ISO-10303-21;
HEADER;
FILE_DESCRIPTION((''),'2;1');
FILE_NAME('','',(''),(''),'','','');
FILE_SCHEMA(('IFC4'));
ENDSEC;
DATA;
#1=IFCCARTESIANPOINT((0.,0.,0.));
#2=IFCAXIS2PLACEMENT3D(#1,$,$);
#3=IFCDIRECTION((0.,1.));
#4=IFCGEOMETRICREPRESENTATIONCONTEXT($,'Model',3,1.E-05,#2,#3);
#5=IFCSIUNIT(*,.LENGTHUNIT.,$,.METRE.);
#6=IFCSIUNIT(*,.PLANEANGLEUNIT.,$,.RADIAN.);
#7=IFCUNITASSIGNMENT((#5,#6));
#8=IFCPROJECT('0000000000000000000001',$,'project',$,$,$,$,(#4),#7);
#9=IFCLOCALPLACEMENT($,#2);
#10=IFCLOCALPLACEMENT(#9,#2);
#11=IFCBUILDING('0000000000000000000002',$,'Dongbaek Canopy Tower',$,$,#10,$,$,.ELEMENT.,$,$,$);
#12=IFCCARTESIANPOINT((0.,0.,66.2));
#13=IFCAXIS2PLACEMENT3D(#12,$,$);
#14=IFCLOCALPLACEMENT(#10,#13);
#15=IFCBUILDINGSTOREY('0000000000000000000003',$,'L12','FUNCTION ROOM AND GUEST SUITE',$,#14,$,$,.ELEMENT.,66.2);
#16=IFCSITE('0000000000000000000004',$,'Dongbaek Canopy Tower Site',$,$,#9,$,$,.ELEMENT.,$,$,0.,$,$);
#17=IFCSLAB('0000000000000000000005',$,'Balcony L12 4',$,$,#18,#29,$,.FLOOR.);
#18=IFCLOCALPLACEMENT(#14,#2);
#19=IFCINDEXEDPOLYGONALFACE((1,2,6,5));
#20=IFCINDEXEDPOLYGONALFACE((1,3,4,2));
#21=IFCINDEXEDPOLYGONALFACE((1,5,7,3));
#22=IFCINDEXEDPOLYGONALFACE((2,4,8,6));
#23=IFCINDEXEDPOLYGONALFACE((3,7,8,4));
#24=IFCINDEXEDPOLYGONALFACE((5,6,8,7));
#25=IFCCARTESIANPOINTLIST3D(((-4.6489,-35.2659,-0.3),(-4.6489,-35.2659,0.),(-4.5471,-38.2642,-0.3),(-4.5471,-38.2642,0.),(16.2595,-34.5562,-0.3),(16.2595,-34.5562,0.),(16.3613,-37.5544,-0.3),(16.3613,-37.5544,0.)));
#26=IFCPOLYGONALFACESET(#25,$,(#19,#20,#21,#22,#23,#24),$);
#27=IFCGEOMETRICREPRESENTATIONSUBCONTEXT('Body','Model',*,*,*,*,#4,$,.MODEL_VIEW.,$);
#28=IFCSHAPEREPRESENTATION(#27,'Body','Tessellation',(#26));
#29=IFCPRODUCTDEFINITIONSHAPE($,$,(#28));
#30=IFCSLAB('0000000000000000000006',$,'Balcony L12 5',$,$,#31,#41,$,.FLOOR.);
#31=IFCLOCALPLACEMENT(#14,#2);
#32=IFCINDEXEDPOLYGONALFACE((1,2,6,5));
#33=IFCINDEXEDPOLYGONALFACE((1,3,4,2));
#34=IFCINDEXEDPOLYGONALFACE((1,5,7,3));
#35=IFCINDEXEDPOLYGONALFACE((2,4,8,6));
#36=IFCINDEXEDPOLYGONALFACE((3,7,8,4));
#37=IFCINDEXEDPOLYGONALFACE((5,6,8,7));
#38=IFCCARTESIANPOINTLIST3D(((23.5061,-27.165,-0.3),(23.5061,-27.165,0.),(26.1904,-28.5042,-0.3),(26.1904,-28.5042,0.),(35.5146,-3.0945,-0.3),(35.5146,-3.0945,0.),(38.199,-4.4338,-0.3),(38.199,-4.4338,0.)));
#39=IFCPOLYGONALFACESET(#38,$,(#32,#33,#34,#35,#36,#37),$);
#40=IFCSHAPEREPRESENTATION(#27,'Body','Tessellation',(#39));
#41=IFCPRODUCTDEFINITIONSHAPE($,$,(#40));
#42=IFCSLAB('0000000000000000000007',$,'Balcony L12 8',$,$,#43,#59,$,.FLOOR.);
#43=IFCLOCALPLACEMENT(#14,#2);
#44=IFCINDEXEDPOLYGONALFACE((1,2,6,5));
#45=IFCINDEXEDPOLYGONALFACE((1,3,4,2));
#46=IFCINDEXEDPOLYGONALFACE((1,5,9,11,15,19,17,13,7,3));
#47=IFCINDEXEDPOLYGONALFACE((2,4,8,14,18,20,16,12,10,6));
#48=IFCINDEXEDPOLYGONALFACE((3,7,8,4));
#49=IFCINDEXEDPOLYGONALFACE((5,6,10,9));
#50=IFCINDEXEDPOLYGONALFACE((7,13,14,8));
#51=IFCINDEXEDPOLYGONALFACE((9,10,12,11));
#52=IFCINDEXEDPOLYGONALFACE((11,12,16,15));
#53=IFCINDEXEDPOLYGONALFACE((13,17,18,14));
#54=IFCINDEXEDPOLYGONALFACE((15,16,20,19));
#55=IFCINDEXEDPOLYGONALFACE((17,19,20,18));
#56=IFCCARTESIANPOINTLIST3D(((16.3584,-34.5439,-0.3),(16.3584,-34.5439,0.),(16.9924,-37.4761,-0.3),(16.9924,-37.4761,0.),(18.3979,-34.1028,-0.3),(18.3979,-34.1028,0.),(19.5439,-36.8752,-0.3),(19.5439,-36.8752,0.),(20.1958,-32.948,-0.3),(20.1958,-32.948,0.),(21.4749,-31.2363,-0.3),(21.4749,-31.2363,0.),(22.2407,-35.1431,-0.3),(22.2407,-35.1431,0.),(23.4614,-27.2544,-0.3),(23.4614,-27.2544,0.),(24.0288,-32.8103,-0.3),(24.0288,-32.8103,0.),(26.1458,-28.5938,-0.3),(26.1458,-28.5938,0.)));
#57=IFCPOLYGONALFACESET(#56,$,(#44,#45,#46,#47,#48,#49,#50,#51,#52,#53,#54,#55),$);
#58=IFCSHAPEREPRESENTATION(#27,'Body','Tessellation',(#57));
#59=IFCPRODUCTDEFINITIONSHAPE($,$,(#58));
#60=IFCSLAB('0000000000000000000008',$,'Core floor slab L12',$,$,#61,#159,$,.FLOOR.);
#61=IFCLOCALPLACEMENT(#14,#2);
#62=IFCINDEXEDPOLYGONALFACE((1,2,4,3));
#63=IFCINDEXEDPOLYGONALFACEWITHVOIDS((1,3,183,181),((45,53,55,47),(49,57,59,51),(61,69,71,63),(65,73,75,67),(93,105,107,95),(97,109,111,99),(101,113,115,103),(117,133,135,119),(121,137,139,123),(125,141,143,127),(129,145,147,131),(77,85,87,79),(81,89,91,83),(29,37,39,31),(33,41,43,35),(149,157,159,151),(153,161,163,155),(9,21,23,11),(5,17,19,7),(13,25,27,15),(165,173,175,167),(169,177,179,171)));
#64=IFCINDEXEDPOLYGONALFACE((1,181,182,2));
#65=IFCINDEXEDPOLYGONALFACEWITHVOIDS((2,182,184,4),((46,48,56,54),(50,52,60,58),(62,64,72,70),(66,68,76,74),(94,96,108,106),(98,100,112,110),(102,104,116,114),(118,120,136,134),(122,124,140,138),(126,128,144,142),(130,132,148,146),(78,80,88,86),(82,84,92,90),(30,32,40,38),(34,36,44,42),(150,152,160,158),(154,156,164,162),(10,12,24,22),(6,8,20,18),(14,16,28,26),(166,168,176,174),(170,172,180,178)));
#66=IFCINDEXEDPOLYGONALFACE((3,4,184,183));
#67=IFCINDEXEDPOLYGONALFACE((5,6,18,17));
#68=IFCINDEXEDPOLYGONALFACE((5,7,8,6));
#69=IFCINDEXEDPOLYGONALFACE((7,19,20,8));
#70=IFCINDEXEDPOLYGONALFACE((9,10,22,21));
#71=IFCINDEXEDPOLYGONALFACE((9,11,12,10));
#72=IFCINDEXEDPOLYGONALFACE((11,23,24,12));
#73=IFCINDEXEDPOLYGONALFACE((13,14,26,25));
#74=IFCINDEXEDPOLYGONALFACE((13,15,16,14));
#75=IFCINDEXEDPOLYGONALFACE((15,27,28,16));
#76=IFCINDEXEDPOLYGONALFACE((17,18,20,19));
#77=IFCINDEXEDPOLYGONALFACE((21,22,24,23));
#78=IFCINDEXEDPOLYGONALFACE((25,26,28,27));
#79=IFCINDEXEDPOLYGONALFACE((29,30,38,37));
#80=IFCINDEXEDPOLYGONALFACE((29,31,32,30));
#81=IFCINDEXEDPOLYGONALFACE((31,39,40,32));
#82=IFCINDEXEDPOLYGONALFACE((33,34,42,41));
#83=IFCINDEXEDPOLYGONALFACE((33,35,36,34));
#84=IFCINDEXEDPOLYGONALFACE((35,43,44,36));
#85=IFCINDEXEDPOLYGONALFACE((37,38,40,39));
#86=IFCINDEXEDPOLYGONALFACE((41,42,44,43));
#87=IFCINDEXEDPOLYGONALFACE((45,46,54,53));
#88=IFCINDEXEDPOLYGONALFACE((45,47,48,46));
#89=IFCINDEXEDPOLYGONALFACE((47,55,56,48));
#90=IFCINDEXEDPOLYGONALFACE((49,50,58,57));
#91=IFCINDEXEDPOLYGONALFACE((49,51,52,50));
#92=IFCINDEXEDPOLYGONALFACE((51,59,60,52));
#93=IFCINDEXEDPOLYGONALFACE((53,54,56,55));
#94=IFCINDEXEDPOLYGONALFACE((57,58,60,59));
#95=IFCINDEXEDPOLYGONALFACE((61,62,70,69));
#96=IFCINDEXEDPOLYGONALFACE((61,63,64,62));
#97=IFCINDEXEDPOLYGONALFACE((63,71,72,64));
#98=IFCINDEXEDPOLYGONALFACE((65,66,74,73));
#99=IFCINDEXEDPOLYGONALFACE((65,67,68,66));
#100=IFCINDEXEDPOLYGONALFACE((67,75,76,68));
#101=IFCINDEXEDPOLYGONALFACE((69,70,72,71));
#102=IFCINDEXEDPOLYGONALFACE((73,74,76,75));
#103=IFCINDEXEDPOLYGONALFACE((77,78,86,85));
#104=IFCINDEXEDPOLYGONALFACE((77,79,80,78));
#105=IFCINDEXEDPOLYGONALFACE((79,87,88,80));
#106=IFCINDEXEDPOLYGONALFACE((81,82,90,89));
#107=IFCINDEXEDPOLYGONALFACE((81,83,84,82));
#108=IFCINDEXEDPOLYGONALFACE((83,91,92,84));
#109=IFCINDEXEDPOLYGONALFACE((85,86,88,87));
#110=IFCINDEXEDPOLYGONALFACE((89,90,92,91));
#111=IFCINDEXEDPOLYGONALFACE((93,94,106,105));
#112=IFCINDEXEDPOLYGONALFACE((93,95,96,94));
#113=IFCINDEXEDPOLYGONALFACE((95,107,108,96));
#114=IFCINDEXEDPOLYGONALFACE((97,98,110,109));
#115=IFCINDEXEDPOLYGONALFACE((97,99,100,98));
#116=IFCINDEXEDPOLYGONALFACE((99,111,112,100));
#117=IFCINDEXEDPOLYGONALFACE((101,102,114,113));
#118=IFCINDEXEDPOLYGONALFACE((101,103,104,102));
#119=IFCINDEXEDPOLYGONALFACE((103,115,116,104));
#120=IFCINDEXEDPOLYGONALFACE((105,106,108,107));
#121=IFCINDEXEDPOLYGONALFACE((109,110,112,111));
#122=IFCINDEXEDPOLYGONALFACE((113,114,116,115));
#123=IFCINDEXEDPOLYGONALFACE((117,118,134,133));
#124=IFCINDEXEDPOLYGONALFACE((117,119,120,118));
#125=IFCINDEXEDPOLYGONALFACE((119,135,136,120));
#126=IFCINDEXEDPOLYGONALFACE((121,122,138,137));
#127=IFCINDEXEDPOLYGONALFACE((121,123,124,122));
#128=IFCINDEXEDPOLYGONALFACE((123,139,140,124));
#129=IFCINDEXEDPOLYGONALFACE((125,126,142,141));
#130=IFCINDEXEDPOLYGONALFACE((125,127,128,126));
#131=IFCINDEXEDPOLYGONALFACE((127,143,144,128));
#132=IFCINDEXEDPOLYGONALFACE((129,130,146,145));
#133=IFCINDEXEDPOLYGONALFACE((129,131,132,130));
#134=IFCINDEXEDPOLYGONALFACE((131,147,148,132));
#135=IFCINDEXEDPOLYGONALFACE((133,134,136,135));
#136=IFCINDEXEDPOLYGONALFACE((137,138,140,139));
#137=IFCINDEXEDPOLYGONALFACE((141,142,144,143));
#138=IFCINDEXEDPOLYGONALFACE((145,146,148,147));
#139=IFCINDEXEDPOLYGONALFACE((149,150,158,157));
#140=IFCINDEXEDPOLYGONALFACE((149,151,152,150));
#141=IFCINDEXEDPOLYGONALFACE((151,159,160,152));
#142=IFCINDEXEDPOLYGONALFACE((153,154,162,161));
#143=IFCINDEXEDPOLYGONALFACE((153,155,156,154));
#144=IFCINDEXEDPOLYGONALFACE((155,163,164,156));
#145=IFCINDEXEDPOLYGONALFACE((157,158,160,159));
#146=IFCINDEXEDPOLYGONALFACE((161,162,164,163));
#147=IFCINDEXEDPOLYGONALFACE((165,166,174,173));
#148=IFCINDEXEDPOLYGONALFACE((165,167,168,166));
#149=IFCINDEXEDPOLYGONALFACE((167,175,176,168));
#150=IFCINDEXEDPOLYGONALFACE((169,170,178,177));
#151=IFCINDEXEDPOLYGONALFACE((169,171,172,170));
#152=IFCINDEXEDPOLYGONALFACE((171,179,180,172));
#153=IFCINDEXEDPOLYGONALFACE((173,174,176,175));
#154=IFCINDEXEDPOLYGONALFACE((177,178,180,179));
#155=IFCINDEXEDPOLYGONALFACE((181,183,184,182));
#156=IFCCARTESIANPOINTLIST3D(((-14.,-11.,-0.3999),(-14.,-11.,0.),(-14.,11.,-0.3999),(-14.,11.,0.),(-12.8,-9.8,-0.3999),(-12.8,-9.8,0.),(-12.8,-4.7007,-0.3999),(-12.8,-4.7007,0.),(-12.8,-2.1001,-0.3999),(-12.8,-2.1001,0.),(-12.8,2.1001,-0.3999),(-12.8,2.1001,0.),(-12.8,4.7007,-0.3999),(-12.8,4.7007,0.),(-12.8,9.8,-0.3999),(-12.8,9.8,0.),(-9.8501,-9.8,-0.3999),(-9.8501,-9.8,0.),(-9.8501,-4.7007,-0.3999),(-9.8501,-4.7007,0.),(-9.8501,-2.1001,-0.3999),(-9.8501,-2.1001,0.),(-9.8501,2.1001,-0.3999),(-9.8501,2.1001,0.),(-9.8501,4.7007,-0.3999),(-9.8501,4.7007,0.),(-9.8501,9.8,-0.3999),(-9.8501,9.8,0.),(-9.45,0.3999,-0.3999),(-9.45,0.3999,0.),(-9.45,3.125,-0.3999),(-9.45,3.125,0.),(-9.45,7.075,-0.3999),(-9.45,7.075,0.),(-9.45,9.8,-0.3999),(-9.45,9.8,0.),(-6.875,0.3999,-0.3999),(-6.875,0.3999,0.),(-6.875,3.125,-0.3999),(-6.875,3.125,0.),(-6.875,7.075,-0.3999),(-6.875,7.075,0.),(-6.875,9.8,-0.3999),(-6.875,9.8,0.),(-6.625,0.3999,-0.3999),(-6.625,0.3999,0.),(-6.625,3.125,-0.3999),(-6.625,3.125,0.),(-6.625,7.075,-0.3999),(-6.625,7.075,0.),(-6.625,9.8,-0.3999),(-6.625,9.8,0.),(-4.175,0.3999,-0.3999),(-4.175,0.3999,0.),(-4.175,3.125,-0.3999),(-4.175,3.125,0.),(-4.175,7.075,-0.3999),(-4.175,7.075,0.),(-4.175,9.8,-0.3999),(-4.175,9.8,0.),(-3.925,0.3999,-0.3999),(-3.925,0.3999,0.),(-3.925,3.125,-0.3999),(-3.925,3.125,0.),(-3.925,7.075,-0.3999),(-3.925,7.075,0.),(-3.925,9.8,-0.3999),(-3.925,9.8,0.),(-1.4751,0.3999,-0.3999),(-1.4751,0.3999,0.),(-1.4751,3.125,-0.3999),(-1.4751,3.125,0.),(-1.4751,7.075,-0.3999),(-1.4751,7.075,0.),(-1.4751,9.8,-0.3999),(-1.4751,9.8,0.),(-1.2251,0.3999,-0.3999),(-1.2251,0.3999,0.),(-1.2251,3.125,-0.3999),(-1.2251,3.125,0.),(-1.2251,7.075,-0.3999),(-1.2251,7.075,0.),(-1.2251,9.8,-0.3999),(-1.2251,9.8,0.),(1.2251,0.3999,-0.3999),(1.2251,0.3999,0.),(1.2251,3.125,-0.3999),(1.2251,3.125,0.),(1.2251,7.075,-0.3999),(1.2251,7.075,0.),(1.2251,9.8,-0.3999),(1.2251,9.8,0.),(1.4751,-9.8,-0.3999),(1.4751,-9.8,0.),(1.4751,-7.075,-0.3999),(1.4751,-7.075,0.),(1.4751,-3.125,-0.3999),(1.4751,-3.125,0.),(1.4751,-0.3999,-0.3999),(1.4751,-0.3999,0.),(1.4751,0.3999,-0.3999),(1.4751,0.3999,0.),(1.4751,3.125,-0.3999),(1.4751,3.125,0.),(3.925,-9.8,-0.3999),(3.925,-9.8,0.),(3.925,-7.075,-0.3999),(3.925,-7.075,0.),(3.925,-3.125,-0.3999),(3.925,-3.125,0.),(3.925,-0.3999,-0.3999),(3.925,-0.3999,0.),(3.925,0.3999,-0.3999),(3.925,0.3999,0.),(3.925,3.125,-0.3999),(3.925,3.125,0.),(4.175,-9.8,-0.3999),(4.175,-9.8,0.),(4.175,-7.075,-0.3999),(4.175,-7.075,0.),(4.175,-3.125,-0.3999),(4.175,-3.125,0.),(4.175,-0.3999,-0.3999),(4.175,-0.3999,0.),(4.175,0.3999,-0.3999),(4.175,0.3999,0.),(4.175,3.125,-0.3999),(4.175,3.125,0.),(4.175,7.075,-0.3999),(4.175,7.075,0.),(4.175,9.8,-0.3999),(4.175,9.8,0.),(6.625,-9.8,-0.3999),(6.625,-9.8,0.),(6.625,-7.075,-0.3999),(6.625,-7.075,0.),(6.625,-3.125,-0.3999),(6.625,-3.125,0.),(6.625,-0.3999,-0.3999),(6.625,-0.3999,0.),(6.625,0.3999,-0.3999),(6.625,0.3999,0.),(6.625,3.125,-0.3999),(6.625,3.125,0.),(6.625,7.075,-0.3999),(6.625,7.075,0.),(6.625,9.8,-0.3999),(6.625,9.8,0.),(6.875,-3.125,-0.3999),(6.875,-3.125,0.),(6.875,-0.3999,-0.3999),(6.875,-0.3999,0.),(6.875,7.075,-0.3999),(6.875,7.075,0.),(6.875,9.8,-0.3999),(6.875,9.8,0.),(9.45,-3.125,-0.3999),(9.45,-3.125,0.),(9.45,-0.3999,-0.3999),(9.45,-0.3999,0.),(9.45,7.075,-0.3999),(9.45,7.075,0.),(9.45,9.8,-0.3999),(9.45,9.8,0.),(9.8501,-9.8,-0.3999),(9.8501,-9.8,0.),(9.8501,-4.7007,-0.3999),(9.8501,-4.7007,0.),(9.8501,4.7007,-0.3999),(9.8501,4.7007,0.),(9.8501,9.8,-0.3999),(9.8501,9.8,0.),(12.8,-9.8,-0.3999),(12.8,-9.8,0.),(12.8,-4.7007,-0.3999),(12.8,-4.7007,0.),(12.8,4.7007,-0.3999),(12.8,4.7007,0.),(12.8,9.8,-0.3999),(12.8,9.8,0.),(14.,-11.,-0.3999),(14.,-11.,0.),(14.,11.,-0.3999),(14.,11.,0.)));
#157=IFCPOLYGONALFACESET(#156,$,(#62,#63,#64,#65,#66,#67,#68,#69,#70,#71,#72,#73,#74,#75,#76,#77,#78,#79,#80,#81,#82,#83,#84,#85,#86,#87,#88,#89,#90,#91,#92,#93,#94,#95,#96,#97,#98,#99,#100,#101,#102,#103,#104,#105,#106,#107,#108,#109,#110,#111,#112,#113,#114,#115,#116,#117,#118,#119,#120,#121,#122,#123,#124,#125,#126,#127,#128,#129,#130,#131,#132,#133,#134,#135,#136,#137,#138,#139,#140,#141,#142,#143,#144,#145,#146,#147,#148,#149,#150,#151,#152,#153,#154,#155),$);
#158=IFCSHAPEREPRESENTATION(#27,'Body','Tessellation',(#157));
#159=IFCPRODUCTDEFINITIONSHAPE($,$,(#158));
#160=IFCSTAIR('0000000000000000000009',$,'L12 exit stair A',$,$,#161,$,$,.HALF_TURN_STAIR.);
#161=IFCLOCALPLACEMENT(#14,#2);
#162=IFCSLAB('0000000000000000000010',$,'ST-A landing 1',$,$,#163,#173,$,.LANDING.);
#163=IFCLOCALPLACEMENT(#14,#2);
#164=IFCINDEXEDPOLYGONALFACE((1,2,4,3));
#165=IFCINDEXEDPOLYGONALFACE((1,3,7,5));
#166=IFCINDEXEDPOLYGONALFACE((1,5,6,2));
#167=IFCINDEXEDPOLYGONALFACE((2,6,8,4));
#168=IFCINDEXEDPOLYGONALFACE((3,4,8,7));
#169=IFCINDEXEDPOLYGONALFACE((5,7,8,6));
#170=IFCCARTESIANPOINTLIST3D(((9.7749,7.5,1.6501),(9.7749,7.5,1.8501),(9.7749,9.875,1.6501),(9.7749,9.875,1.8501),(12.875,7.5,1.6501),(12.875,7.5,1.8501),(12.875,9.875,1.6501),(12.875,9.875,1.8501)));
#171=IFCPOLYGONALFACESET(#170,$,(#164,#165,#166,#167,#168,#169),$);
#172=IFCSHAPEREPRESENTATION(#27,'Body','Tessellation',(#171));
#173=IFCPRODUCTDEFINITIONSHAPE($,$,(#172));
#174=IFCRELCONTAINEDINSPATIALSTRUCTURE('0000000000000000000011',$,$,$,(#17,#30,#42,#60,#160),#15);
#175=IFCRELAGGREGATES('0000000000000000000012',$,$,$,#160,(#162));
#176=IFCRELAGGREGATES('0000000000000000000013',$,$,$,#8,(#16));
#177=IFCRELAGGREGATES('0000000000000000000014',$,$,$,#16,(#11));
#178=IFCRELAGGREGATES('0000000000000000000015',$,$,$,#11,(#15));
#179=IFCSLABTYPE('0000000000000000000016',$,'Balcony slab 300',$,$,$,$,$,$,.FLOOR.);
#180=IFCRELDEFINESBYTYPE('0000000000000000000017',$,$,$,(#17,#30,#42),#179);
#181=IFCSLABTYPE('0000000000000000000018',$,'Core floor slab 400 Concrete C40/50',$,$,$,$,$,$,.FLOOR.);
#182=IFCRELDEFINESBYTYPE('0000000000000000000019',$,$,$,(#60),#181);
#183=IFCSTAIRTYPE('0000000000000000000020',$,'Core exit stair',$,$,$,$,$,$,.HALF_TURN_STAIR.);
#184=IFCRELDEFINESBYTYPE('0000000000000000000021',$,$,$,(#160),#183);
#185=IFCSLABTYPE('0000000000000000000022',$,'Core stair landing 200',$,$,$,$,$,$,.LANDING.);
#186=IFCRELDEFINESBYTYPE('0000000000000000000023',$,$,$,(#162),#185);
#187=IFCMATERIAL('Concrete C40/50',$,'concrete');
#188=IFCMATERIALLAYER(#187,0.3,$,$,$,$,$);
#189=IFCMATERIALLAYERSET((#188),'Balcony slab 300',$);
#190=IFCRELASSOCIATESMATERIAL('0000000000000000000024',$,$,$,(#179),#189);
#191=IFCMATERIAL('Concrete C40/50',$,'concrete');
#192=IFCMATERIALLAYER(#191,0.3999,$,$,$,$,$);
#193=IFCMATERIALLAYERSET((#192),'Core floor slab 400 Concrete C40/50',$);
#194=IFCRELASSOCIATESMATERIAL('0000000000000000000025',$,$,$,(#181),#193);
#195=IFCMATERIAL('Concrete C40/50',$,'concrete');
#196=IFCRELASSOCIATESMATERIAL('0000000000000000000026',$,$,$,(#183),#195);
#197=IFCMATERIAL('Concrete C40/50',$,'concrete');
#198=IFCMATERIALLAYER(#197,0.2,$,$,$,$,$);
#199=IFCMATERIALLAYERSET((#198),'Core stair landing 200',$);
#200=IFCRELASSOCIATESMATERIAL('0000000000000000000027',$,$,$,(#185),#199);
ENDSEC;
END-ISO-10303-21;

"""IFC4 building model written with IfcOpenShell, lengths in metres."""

from ifc_helpers import new_model, si_unit, direction, frame, origin, place, context, subcontext, project, spatial, polyline, outline, extrude, material, layer, layer_set, type_object, element, aggregate, save


model = new_model("IFC4")

# Units and contexts
model_context = context("Model", 3, precision=1e-05, world=origin(), true_north=direction((0.0, 1.0)))
body_context = subcontext(model_context, "Body", "Model", "MODEL_VIEW")
ifc_project = project(units=[si_unit("LENGTHUNIT", "METRE"), si_unit("PLANEANGLEUNIT", "RADIAN")], contexts=[model_context])

# Site, building, storey
site_placement = place(None, origin())
site = spatial("IfcSite", under=ifc_project, at=site_placement, Name="Dongbaek Canopy Tower Site", CompositionType="ELEMENT", RefElevation=0.0)
building_placement = place(site_placement, origin())
building = spatial("IfcBuilding", under=site, at=building_placement, Name="Dongbaek Canopy Tower", CompositionType="ELEMENT")
storey_placement = place(building_placement, frame((0.0, 0.0, 66.2)))
storey = spatial("IfcBuildingStorey", under=building, at=storey_placement, Name="L12", Description="FUNCTION ROOM AND GUEST SUITE", CompositionType="ELEMENT", Elevation=66.2)

# Slabs
ifc_material_1 = material(Name="Concrete C40/50", Category="concrete")
ifc_layer_1 = layer(ifc_material_1, 0.3)
ifc_layer_set_1 = layer_set([ifc_layer_1], Name="Balcony slab 300")
slab_type_1 = type_object("IfcSlabType", Name="Balcony slab 300", PredefinedType="FLOOR", material=ifc_layer_set_1)
slab_1_placement = place(storey_placement, frame((0.0, 0.0, -0.3)))
element("IfcSlab", 1, at=slab_1_placement, inside=storey, type_object=slab_type_1, Name="Balcony L12 4", PredefinedType="FLOOR", context=body_context, shape_type="SweptSolid", body=[
    extrude(outline(polyline([(-4.6489, -35.2659), (16.2595, -34.5562), (16.3613, -37.5544), (-4.5471, -38.2642), (-4.6489, -35.2659)])), origin(), (0.0, 0.0, 1.0), 0.3),
])
slab_2_placement = place(storey_placement, frame((0.0, 0.0, -0.3)))
element("IfcSlab", 2, at=slab_2_placement, inside=storey, type_object=slab_type_1, Name="Balcony L12 5", PredefinedType="FLOOR", context=body_context, shape_type="SweptSolid", body=[
    extrude(outline(polyline([(23.5061, -27.165), (35.5146, -3.0945), (38.199, -4.4338), (26.1904, -28.5042), (23.5061, -27.165)])), origin(), (0.0, 0.0, 1.0), 0.3),
])
slab_3_placement = place(storey_placement, frame((0.0, 0.0, -0.3)))
element("IfcSlab", 3, at=slab_3_placement, inside=storey, type_object=slab_type_1, Name="Balcony L12 8", PredefinedType="FLOOR", context=body_context, shape_type="SweptSolid", body=[
    extrude(outline(polyline([(16.3584, -34.5439), (18.3979, -34.1028), (20.1958, -32.948), (21.4749, -31.2363), (23.4614, -27.2544), (26.1458, -28.5938), (24.0288, -32.8103), (22.2407, -35.1431), (19.5439, -36.8752), (16.9924, -37.4761), (16.3584, -34.5439)])), origin(), (0.0, 0.0, 1.0), 0.3),
])
ifc_material_2 = material(Name="Concrete C40/50", Category="concrete")
ifc_layer_2 = layer(ifc_material_2, 0.3999)
ifc_layer_set_2 = layer_set([ifc_layer_2], Name="Core floor slab 400 Concrete C40/50")
slab_type_2 = type_object("IfcSlabType", Name="Core floor slab 400 Concrete C40/50", PredefinedType="FLOOR", material=ifc_layer_set_2)
slab_4_placement = place(storey_placement, frame((0.0, 0.0, -0.3999)))
element("IfcSlab", 4, at=slab_4_placement, inside=storey, type_object=slab_type_2, Name="Core floor slab L12", PredefinedType="FLOOR", context=body_context, shape_type="SweptSolid", body=[
    extrude(outline(polyline([(14.0, -11.0), (14.0, 11.0), (-14.0, 11.0), (-14.0, -11.0), (14.0, -11.0)]), holes=[polyline([(-12.8, 2.1001), (-9.8501, 2.1001), (-9.8501, -2.1001), (-12.8, -2.1001), (-12.8, 2.1001)]), polyline([(-6.875, 9.8), (-6.875, 7.075), (-9.45, 7.075), (-9.45, 9.8), (-6.875, 9.8)]), polyline([(-4.175, 9.8), (-4.175, 7.075), (-6.625, 7.075), (-6.625, 9.8), (-4.175, 9.8)]), polyline([(-1.4751, 9.8), (-1.4751, 7.075), (-3.925, 7.075), (-3.925, 9.8), (-1.4751, 9.8)]), polyline([(1.2251, 9.8), (1.2251, 7.075), (-1.2251, 7.075), (-1.2251, 9.8), (1.2251, 9.8)]), polyline([(6.625, 9.8), (6.625, 7.075), (4.175, 7.075), (4.175, 9.8), (6.625, 9.8)]), polyline([(9.45, 7.075), (6.875, 7.075), (6.875, 9.8), (9.45, 9.8), (9.45, 7.075)]), polyline([(-9.45, 3.125), (-6.875, 3.125), (-6.875, 0.3999), (-9.45, 0.3999), (-9.45, 3.125)]), polyline([(-6.625, 3.125), (-4.175, 3.125), (-4.175, 0.3999), (-6.625, 0.3999), (-6.625, 3.125)]), polyline([(-3.925, 3.125), (-1.4751, 3.125), (-1.4751, 0.3999), (-3.925, 0.3999), (-3.925, 3.125)]), polyline([(-1.2251, 3.125), (1.2251, 3.125), (1.2251, 0.3999), (-1.2251, 0.3999), (-1.2251, 3.125)]), polyline([(3.925, 3.125), (3.925, 0.3999), (1.4751, 0.3999), (1.4751, 3.125), (3.925, 3.125)]), polyline([(4.175, 3.125), (6.625, 3.125), (6.625, 0.3999), (4.175, 0.3999), (4.175, 3.125)]), polyline([(1.4751, -0.3999), (3.925, -0.3999), (3.925, -3.125), (1.4751, -3.125), (1.4751, -0.3999)]), polyline([(4.175, -3.125), (4.175, -0.3999), (6.625, -0.3999), (6.625, -3.125), (4.175, -3.125)]), polyline([(9.45, -3.125), (6.875, -3.125), (6.875, -0.3999), (9.45, -0.3999), (9.45, -3.125)]), polyline([(1.4751, -9.8), (1.4751, -7.075), (3.925, -7.075), (3.925, -9.8), (1.4751, -9.8)]), polyline([(4.175, -9.8), (4.175, -7.075), (6.625, -7.075), (6.625, -9.8), (4.175, -9.8)]), polyline([(12.8, 4.7007), (12.8, 9.8), (9.8501, 9.8), (9.8501, 4.7007), (12.8, 4.7007)]), polyline([(-9.8501, 4.7007), (-9.8501, 9.8), (-12.8, 9.8), (-12.8, 4.7007), (-9.8501, 4.7007)]), polyline([(9.8501, -4.7007), (9.8501, -9.8), (12.8, -9.8), (12.8, -4.7007), (9.8501, -4.7007)]), polyline([(-12.8, -4.7007), (-12.8, -9.8), (-9.8501, -9.8), (-9.8501, -4.7007), (-12.8, -4.7007)])]), origin(), (0.0, 0.0, 1.0), 0.3999),
])

# Stair, slab
ifc_material_3 = material(Name="Concrete C40/50", Category="concrete")
stair_type = type_object("IfcStairType", Name="Core exit stair", PredefinedType="HALF_TURN_STAIR", material=ifc_material_3)
stair_1_placement = place(storey_placement, origin())
stair_1 = element("IfcStair", 5, at=stair_1_placement, inside=storey, type_object=stair_type, Name="L12 exit stair A", PredefinedType="HALF_TURN_STAIR")
ifc_material_4 = material(Name="Concrete C40/50", Category="concrete")
ifc_layer_3 = layer(ifc_material_4, 0.2)
ifc_layer_set_3 = layer_set([ifc_layer_3], Name="Core stair landing 200")
slab_type_3 = type_object("IfcSlabType", Name="Core stair landing 200", PredefinedType="LANDING", material=ifc_layer_set_3)
slab_5_placement = place(storey_placement, frame((0.0, 0.0, 1.6501)))
slab_5 = element("IfcSlab", 6, at=slab_5_placement, type_object=slab_type_3, Name="ST-A landing 1", PredefinedType="LANDING", context=body_context, shape_type="SweptSolid", body=[
    extrude(outline(polyline([(12.875, 7.5), (12.875, 9.875), (9.7749, 9.875), (9.7749, 7.5), (12.875, 7.5)])), origin(), (0.0, 0.0, 1.0), 0.2),
])
aggregate(stair_1, [slab_5])

save(model, "model.ifc")
